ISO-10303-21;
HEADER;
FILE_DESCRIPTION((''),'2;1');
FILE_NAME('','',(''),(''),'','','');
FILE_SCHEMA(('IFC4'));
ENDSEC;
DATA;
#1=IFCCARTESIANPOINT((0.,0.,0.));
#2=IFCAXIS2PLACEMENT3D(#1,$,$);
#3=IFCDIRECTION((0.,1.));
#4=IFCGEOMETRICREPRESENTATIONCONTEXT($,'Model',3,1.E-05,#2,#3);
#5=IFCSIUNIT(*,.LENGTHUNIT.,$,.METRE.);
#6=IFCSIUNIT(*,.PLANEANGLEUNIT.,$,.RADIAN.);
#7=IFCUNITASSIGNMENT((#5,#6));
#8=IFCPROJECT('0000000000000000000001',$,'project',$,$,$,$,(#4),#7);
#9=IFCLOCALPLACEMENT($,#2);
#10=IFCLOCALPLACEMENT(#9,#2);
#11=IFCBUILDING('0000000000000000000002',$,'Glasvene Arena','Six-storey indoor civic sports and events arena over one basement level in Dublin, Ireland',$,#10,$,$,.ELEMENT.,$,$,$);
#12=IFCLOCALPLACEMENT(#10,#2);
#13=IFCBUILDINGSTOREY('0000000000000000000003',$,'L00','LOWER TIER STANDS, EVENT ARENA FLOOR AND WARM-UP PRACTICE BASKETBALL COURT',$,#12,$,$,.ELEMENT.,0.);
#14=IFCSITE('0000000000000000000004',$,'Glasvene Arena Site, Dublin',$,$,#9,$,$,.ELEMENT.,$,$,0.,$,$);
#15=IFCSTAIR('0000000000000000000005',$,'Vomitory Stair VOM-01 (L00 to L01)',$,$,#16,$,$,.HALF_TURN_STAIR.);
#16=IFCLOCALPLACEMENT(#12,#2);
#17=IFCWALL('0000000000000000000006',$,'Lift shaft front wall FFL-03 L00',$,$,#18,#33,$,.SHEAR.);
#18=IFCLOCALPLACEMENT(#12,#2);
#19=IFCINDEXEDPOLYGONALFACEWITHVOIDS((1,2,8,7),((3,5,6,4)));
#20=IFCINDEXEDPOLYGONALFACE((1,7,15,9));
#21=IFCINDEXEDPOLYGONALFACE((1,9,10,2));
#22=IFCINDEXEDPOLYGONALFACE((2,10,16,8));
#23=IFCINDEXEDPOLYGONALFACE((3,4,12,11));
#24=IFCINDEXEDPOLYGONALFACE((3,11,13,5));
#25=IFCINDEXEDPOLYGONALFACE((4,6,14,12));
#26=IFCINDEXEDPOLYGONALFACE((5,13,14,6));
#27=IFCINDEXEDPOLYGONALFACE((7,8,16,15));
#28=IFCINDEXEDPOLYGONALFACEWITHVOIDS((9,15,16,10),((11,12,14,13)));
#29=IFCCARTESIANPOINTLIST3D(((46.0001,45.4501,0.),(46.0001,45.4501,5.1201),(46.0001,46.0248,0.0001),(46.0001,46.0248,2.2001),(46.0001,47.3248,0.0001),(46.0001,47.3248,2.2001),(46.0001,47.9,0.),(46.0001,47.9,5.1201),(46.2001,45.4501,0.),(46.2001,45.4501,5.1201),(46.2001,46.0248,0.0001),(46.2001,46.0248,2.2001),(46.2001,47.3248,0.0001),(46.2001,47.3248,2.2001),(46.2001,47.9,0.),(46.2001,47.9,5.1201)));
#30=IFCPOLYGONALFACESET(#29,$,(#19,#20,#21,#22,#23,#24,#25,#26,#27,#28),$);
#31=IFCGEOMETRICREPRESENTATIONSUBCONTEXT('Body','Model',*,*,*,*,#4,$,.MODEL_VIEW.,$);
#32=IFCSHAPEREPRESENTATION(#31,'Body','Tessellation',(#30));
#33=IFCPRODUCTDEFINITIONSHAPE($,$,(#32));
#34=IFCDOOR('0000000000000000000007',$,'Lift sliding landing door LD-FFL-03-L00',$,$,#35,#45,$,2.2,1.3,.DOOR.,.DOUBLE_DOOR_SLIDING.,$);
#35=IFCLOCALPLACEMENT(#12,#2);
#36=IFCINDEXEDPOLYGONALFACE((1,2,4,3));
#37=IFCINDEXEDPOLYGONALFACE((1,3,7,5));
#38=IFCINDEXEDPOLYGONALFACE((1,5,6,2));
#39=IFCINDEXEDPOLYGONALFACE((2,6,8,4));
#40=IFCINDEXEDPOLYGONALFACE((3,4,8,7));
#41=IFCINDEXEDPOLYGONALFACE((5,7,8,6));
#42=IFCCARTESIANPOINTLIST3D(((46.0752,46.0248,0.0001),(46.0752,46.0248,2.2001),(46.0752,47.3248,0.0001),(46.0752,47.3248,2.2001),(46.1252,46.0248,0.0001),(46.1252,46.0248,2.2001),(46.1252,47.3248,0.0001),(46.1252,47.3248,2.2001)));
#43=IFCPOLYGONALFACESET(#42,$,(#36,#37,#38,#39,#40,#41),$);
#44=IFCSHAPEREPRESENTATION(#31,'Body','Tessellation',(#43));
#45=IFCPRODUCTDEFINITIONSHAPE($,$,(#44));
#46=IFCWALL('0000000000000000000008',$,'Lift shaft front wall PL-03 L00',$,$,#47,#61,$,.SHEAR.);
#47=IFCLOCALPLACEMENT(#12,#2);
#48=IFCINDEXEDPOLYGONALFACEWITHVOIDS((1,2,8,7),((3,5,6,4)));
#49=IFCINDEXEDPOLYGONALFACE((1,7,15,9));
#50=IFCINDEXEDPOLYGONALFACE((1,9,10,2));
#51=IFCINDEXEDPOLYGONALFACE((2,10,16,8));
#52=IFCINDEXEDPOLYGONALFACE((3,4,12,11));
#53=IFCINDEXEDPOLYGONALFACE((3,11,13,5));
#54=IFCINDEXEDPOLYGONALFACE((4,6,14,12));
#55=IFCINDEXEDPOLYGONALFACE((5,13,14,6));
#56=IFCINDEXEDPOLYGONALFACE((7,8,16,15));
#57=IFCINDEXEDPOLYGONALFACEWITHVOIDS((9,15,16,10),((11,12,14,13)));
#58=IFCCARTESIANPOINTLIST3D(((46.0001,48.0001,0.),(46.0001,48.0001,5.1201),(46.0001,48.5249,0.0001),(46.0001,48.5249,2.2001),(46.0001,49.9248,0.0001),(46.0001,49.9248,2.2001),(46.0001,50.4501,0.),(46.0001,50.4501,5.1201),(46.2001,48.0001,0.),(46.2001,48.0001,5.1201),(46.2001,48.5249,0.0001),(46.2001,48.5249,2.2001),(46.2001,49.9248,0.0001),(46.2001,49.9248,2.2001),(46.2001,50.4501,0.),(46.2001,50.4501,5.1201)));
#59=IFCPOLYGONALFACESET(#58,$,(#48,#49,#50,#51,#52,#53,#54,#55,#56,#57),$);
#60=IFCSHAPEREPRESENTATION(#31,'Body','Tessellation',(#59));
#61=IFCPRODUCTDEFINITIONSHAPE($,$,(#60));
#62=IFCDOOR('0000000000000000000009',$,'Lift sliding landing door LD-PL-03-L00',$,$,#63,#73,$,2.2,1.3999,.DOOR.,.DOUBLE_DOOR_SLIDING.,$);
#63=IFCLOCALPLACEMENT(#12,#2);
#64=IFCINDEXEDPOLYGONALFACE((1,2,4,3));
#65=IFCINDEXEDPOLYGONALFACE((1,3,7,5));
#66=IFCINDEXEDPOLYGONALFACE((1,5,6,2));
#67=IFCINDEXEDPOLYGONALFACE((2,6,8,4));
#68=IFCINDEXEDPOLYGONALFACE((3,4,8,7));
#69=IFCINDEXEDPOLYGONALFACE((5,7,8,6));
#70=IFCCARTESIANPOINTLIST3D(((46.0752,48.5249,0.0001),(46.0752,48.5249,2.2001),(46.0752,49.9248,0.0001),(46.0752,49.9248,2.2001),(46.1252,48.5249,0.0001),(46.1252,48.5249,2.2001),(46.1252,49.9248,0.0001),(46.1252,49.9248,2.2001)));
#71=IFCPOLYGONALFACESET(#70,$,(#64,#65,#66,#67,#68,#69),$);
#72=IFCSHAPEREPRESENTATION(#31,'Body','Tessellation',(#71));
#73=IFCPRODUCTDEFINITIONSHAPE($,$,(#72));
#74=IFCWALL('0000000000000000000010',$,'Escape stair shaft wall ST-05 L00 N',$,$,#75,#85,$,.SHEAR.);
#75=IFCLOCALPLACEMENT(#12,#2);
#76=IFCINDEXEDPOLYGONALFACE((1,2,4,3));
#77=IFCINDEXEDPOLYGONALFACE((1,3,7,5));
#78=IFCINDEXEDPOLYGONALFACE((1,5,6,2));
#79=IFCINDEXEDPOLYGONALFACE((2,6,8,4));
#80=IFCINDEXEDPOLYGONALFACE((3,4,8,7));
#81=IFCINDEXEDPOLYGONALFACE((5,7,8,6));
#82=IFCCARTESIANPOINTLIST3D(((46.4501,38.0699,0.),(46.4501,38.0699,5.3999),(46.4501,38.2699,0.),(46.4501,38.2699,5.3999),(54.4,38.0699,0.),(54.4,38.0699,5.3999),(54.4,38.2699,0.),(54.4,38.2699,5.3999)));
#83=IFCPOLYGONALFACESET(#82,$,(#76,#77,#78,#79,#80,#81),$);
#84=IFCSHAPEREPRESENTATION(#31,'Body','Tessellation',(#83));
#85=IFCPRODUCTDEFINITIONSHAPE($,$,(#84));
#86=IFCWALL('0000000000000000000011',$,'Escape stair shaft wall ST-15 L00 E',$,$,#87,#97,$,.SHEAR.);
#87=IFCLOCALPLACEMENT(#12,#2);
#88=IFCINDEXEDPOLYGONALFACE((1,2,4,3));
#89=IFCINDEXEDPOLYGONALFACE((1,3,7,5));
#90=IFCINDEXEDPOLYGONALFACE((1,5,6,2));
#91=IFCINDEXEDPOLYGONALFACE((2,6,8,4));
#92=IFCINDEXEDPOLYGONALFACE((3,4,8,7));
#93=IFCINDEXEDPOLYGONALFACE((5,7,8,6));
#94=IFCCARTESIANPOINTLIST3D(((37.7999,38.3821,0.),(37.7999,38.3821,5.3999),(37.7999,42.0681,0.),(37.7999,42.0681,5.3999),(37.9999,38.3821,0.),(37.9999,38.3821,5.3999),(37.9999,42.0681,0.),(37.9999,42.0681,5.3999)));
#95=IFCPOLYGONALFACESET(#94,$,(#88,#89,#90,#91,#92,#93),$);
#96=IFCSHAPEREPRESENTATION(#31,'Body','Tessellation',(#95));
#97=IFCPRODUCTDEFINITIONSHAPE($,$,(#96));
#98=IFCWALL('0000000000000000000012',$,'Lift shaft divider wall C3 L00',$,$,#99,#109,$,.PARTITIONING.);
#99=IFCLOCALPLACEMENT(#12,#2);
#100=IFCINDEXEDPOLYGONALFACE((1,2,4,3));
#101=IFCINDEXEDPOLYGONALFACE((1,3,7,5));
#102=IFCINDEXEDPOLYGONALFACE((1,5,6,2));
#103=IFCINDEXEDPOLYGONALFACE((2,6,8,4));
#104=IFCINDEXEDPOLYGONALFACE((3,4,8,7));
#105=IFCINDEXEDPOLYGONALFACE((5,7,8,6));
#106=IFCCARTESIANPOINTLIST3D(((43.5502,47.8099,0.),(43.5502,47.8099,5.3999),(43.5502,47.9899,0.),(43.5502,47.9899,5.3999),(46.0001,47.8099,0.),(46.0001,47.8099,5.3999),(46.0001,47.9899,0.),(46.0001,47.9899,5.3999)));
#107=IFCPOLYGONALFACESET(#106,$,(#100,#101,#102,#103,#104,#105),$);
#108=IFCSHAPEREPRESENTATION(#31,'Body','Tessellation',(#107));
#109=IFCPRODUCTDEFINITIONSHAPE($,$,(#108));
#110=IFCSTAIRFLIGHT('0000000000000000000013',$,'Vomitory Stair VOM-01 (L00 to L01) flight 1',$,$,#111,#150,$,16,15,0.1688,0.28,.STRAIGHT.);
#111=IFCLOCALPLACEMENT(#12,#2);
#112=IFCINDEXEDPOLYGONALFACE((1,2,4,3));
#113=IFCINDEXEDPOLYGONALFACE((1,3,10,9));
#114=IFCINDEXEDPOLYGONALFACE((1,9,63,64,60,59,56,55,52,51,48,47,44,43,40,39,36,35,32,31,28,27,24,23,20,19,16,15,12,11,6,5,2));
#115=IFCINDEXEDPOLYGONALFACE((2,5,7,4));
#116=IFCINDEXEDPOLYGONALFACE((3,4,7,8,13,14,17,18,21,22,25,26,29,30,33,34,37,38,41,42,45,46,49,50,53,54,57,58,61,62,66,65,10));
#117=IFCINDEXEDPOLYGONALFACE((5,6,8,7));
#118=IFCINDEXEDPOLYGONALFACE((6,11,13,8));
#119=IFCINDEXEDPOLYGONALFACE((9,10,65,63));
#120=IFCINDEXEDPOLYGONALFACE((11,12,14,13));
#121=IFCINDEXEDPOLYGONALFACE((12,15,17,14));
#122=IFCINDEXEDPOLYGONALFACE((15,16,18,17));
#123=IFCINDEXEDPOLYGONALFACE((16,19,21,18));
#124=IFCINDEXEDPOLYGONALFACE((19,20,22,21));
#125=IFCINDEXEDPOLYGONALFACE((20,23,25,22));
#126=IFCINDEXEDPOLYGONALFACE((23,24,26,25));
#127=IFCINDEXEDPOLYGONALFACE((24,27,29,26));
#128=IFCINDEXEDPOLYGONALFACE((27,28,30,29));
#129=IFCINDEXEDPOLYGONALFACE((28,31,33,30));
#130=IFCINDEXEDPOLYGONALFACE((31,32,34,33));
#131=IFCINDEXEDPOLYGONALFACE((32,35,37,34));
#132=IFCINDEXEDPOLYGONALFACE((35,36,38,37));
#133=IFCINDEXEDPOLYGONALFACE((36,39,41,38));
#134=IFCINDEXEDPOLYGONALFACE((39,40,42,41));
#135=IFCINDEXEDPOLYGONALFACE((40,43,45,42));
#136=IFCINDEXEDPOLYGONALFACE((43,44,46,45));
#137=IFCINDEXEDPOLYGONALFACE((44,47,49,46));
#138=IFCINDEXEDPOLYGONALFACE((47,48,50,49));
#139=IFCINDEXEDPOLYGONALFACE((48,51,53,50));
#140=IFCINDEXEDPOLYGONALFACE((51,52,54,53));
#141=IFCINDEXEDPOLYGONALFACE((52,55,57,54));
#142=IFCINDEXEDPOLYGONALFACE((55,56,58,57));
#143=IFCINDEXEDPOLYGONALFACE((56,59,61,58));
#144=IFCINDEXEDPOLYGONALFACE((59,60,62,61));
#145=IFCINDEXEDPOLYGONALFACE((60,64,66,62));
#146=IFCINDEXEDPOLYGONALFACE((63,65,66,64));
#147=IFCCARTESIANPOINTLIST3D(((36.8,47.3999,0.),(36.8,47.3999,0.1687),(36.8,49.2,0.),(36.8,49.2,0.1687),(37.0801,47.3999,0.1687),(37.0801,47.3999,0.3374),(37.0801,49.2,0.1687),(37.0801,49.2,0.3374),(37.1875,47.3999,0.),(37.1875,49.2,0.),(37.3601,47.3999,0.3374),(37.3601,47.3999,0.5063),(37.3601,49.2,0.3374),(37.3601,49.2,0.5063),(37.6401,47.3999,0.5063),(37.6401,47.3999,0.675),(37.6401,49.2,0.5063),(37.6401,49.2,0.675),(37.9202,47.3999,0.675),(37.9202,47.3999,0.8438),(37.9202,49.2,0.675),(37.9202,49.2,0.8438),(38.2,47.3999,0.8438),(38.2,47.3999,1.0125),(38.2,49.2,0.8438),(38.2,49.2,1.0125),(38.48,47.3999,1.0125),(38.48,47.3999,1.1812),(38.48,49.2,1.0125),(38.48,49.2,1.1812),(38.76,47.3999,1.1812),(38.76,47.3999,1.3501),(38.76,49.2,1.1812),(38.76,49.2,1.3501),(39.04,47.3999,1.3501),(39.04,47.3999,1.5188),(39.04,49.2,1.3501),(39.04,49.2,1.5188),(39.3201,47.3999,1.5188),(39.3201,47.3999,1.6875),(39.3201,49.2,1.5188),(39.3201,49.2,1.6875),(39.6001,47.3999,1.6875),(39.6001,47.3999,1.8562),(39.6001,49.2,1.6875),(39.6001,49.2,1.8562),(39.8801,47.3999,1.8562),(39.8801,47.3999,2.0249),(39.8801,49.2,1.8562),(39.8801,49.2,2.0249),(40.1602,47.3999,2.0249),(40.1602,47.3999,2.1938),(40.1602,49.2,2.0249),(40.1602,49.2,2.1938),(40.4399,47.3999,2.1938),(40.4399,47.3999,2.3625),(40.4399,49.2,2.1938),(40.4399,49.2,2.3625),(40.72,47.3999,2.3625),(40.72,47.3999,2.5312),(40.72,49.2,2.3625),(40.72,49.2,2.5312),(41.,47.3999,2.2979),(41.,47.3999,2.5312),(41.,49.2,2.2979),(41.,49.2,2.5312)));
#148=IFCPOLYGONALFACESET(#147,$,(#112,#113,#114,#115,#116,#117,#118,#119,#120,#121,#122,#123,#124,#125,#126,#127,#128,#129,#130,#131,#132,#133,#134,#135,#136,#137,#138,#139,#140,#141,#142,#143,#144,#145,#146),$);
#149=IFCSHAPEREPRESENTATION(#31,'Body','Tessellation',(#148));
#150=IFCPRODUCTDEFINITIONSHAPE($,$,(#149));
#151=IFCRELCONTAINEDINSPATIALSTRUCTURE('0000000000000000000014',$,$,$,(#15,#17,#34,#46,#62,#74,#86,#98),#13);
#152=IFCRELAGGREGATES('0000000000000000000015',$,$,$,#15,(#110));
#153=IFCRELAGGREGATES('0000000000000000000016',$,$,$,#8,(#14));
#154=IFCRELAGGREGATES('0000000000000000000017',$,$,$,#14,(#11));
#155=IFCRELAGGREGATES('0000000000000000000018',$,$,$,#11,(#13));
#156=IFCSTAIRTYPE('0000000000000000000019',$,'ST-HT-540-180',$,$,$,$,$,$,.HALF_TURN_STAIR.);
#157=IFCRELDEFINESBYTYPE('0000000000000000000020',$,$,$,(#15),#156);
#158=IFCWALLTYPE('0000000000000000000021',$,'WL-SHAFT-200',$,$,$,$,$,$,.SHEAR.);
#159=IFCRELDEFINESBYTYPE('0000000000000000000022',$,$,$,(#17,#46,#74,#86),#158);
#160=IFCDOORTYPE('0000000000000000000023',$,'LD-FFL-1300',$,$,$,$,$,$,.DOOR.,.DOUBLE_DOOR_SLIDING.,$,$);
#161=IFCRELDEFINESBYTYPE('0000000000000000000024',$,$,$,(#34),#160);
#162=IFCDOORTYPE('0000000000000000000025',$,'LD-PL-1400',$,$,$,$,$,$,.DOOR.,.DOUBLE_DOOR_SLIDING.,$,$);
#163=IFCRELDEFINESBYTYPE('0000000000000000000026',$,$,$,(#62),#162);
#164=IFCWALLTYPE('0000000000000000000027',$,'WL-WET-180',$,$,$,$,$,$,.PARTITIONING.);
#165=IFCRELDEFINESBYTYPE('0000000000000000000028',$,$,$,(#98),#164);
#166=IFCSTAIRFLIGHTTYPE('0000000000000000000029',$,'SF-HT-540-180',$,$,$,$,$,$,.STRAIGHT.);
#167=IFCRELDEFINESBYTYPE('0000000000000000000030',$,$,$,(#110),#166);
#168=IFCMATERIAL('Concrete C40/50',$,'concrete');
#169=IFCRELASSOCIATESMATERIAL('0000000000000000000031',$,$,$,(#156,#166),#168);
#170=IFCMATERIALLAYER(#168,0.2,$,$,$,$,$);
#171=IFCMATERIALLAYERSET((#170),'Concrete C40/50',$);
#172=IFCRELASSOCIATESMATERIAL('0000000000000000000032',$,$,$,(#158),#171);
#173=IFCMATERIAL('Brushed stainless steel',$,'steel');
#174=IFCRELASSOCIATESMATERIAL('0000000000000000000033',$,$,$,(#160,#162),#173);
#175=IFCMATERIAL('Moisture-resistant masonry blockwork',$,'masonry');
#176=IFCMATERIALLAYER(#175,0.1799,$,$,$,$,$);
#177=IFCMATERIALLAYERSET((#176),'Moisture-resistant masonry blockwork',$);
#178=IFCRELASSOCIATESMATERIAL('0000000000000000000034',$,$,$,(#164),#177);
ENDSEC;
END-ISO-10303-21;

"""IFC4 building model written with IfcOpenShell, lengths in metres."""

from ifc_helpers import new_model, si_unit, direction, frame, frame_2d, origin, place, context, subcontext, project, spatial, polyline, rectangle, outline, extrude, material, layer, layer_set, type_object, element, fill, aggregate, save


model = new_model("IFC4")

# Units and contexts
model_context = context("Model", 3, precision=1e-05, world=origin(), true_north=direction((0.0, 1.0)))
body_context = subcontext(model_context, "Body", "Model", "MODEL_VIEW")
ifc_project = project(units=[si_unit("LENGTHUNIT", "METRE"), si_unit("PLANEANGLEUNIT", "RADIAN")], contexts=[model_context])

# Site, building, storey
site_placement = place(None, origin())
site = spatial("IfcSite", under=ifc_project, at=site_placement, Name="Glasvene Arena Site, Dublin", CompositionType="ELEMENT", RefElevation=0.0)
building_placement = place(site_placement, origin())
building = spatial("IfcBuilding", under=site, at=building_placement, Name="Glasvene Arena", Description="Six-storey indoor civic sports and events arena over one basement level in Dublin, Ireland", CompositionType="ELEMENT")
storey_placement = place(building_placement, origin())
storey = spatial("IfcBuildingStorey", under=building, at=storey_placement, Name="L00", Description="LOWER TIER STANDS, EVENT ARENA FLOOR AND WARM-UP PRACTICE BASKETBALL COURT", CompositionType="ELEMENT", Elevation=0.0)

# Stair
ifc_material_1 = material(Name="Concrete C40/50", Category="concrete")
stair_type_1 = type_object("IfcStairType", Name="ST-HT-540-180", PredefinedType="HALF_TURN_STAIR", material=ifc_material_1)
stair_1_placement = place(storey_placement, origin())
stair_1 = element("IfcStair", 1, at=stair_1_placement, inside=storey, type_object=stair_type_1, Name="Vomitory Stair VOM-01 (L00 to L01)", PredefinedType="HALF_TURN_STAIR")

# Walls, openings, doors
ifc_layer_1 = layer(ifc_material_1, 0.2)
ifc_layer_set_1 = layer_set([ifc_layer_1], Name="Concrete C40/50")
wall_type_1 = type_object("IfcWallType", Name="WL-SHAFT-200", PredefinedType="SHEAR", material=ifc_layer_set_1)
wall_1_placement = place(storey_placement, frame((46.1001, 45.45, 0.0), z_axis=(0.0, 0.0, 1.0), x_axis=(0.0, 1.0, 0.0)))
wall_1 = element("IfcWall", 2, at=wall_1_placement, inside=storey, type_object=wall_type_1, Name="Lift shaft front wall FFL-03 L00", PredefinedType="SHEAR", context=body_context, shape_type="SweptSolid", body=[
    extrude(rectangle(XDim=2.45, YDim=0.2, at=frame_2d((1.2251, 0.0))), origin(), (0.0, 0.0, 1.0), 5.1201),
])
opening_1_placement = place(wall_1_placement, frame((0.575, 0.0, 0.0)))
opening_1 = element("IfcOpeningElement", 3, at=opening_1_placement, cuts=wall_1, PredefinedType="OPENING", context=body_context, shape_type="SweptSolid", body=[
    extrude(rectangle(XDim=1.3, YDim=2.2, at=frame_2d((0.6499, 1.1001))), frame((0.0, 0.1099, 0.0), z_axis=(0.0, -1.0, 0.0), x_axis=(1.0, 0.0, 0.0)), (0.0, 0.0, 1.0), 0.22),
])
ifc_material_2 = material(Name="Brushed stainless steel", Category="steel")
door_type_1 = type_object("IfcDoorType", Name="LD-FFL-1300", OperationType="DOUBLE_DOOR_SLIDING", PredefinedType="DOOR", material=ifc_material_2)
door_1_placement = place(opening_1_placement, origin())
door_1 = element("IfcDoor", 4, at=door_1_placement, inside=storey, type_object=door_type_1, Name="Lift sliding landing door LD-FFL-03-L00", OperationType="DOUBLE_DOOR_SLIDING", OverallHeight=2.2, OverallWidth=1.3, PredefinedType="DOOR", context=body_context, shape_type="SweptSolid", body=[
    extrude(rectangle(XDim=1.3, YDim=2.2, at=frame_2d((0.6499, 1.1001))), frame((0.0, 0.0249, 0.0), z_axis=(0.0, -1.0, 0.0), x_axis=(1.0, 0.0, 0.0)), (0.0, 0.0, 1.0), 0.05),
])
fill(opening_1, door_1)
wall_2_placement = place(storey_placement, frame((46.1001, 48.0, 0.0), z_axis=(0.0, 0.0, 1.0), x_axis=(0.0, 1.0, 0.0)))
wall_2 = element("IfcWall", 5, at=wall_2_placement, inside=storey, type_object=wall_type_1, Name="Lift shaft front wall PL-03 L00", PredefinedType="SHEAR", context=body_context, shape_type="SweptSolid", body=[
    extrude(rectangle(XDim=2.45, YDim=0.2, at=frame_2d((1.2251, 0.0))), origin(), (0.0, 0.0, 1.0), 5.1201),
])
opening_2_placement = place(wall_2_placement, frame((0.5249, 0.0, 0.0)))
opening_2 = element("IfcOpeningElement", 6, at=opening_2_placement, cuts=wall_2, PredefinedType="OPENING", context=body_context, shape_type="SweptSolid", body=[
    extrude(rectangle(XDim=1.3999, YDim=2.2, at=frame_2d((0.7, 1.1001))), frame((0.0, 0.1099, 0.0), z_axis=(0.0, -1.0, 0.0), x_axis=(1.0, 0.0, 0.0)), (0.0, 0.0, 1.0), 0.22),
])
door_type_2 = type_object("IfcDoorType", Name="LD-PL-1400", OperationType="DOUBLE_DOOR_SLIDING", PredefinedType="DOOR", material=ifc_material_2)
door_2_placement = place(opening_2_placement, origin())
door_2 = element("IfcDoor", 7, at=door_2_placement, inside=storey, type_object=door_type_2, Name="Lift sliding landing door LD-PL-03-L00", OperationType="DOUBLE_DOOR_SLIDING", OverallHeight=2.2, OverallWidth=1.3999, PredefinedType="DOOR", context=body_context, shape_type="SweptSolid", body=[
    extrude(rectangle(XDim=1.3999, YDim=2.2, at=frame_2d((0.7, 1.1001))), frame((0.0, 0.0249, 0.0), z_axis=(0.0, -1.0, 0.0), x_axis=(1.0, 0.0, 0.0)), (0.0, 0.0, 1.0), 0.05),
])
fill(opening_2, door_2)

# Walls
wall_3_placement = place(storey_placement, frame((46.45, 38.1699, 0.0), z_axis=(0.0, 0.0, 1.0), x_axis=(1.0, 0.0, 0.0)))
element("IfcWall", 8, at=wall_3_placement, inside=storey, type_object=wall_type_1, Name="Escape stair shaft wall ST-05 L00 N", PredefinedType="SHEAR", context=body_context, shape_type="SweptSolid", body=[
    extrude(rectangle(XDim=7.95, YDim=0.2, at=frame_2d((3.9751, 0.0))), origin(), (0.0, 0.0, 1.0), 5.3999),
])
wall_4_placement = place(storey_placement, frame((37.8999, 38.3821, 0.0), z_axis=(0.0, 0.0, 1.0), x_axis=(0.0, 1.0, 0.0)))
element("IfcWall", 9, at=wall_4_placement, inside=storey, type_object=wall_type_1, Name="Escape stair shaft wall ST-15 L00 E", PredefinedType="SHEAR", context=body_context, shape_type="SweptSolid", body=[
    extrude(rectangle(XDim=3.686, YDim=0.2, at=frame_2d((1.843, 0.0))), origin(), (0.0, 0.0, 1.0), 5.3999),
])
ifc_material_3 = material(Name="Moisture-resistant masonry blockwork", Category="masonry")
ifc_layer_2 = layer(ifc_material_3, 0.1799)
ifc_layer_set_2 = layer_set([ifc_layer_2], Name="Moisture-resistant masonry blockwork")
wall_type_2 = type_object("IfcWallType", Name="WL-WET-180", PredefinedType="PARTITIONING", material=ifc_layer_set_2)
wall_5_placement = place(storey_placement, frame((43.55, 47.8999, 0.0), z_axis=(0.0, 0.0, 1.0), x_axis=(1.0, 0.0, 0.0)))
element("IfcWall", 10, at=wall_5_placement, inside=storey, type_object=wall_type_2, Name="Lift shaft divider wall C3 L00", PredefinedType="PARTITIONING", context=body_context, shape_type="SweptSolid", body=[
    extrude(rectangle(XDim=2.45, YDim=0.1799, at=frame_2d((1.2251, 0.0))), origin(), (0.0, 0.0, 1.0), 5.3999),
])

# Stair flight
stair_flight_type = type_object("IfcStairFlightType", Name="SF-HT-540-180", PredefinedType="STRAIGHT", material=ifc_material_1)
stair_flight_placement = place(storey_placement, frame((36.8, 48.3, 0.0), z_axis=(0.0, 0.0, 1.0), x_axis=(1.0, 0.0, 0.0)))
stair_flight = element("IfcStairFlight", 11, at=stair_flight_placement, type_object=stair_flight_type, Name="Vomitory Stair VOM-01 (L00 to L01) flight 1", NumberOfRisers=16, NumberOfTreads=15, PredefinedType="STRAIGHT", RiserHeight=0.1688, TreadLength=0.28, context=body_context, shape_type="SweptSolid", body=[
    extrude(outline(polyline([(0.0, 0.0), (0.0, 0.1687), (0.28, 0.1687), (0.28, 0.3374), (0.5601, 0.3374), (0.5601, 0.5063), (0.8401, 0.5063), (0.8401, 0.675), (1.1201, 0.675), (1.1201, 0.8438), (1.3999, 0.8438), (1.3999, 1.0125), (1.6799, 1.0125), (1.6799, 1.1812), (1.96, 1.1812), (1.96, 1.3501), (2.24, 1.3501), (2.24, 1.5188), (2.52, 1.5188), (2.52, 1.6875), (2.8, 1.6875), (2.8, 1.8562), (3.0801, 1.8562), (3.0801, 2.0249), (3.3601, 2.0249), (3.3601, 2.1938), (3.6399, 2.1938), (3.6399, 2.3625), (3.9199, 2.3625), (3.9199, 2.5312), (4.2, 2.5312), (4.2, 2.7), (4.2, 2.2979), (0.3875, 0.0), (0.0, 0.0)])), frame((0.0, 0.8999, 0.0), z_axis=(0.0, -1.0, 0.0), x_axis=(1.0, 0.0, 0.0)), (0.0, 0.0, 1.0), 1.8),
])
aggregate(stair_1, [stair_flight])

save(model, "model.ifc")
